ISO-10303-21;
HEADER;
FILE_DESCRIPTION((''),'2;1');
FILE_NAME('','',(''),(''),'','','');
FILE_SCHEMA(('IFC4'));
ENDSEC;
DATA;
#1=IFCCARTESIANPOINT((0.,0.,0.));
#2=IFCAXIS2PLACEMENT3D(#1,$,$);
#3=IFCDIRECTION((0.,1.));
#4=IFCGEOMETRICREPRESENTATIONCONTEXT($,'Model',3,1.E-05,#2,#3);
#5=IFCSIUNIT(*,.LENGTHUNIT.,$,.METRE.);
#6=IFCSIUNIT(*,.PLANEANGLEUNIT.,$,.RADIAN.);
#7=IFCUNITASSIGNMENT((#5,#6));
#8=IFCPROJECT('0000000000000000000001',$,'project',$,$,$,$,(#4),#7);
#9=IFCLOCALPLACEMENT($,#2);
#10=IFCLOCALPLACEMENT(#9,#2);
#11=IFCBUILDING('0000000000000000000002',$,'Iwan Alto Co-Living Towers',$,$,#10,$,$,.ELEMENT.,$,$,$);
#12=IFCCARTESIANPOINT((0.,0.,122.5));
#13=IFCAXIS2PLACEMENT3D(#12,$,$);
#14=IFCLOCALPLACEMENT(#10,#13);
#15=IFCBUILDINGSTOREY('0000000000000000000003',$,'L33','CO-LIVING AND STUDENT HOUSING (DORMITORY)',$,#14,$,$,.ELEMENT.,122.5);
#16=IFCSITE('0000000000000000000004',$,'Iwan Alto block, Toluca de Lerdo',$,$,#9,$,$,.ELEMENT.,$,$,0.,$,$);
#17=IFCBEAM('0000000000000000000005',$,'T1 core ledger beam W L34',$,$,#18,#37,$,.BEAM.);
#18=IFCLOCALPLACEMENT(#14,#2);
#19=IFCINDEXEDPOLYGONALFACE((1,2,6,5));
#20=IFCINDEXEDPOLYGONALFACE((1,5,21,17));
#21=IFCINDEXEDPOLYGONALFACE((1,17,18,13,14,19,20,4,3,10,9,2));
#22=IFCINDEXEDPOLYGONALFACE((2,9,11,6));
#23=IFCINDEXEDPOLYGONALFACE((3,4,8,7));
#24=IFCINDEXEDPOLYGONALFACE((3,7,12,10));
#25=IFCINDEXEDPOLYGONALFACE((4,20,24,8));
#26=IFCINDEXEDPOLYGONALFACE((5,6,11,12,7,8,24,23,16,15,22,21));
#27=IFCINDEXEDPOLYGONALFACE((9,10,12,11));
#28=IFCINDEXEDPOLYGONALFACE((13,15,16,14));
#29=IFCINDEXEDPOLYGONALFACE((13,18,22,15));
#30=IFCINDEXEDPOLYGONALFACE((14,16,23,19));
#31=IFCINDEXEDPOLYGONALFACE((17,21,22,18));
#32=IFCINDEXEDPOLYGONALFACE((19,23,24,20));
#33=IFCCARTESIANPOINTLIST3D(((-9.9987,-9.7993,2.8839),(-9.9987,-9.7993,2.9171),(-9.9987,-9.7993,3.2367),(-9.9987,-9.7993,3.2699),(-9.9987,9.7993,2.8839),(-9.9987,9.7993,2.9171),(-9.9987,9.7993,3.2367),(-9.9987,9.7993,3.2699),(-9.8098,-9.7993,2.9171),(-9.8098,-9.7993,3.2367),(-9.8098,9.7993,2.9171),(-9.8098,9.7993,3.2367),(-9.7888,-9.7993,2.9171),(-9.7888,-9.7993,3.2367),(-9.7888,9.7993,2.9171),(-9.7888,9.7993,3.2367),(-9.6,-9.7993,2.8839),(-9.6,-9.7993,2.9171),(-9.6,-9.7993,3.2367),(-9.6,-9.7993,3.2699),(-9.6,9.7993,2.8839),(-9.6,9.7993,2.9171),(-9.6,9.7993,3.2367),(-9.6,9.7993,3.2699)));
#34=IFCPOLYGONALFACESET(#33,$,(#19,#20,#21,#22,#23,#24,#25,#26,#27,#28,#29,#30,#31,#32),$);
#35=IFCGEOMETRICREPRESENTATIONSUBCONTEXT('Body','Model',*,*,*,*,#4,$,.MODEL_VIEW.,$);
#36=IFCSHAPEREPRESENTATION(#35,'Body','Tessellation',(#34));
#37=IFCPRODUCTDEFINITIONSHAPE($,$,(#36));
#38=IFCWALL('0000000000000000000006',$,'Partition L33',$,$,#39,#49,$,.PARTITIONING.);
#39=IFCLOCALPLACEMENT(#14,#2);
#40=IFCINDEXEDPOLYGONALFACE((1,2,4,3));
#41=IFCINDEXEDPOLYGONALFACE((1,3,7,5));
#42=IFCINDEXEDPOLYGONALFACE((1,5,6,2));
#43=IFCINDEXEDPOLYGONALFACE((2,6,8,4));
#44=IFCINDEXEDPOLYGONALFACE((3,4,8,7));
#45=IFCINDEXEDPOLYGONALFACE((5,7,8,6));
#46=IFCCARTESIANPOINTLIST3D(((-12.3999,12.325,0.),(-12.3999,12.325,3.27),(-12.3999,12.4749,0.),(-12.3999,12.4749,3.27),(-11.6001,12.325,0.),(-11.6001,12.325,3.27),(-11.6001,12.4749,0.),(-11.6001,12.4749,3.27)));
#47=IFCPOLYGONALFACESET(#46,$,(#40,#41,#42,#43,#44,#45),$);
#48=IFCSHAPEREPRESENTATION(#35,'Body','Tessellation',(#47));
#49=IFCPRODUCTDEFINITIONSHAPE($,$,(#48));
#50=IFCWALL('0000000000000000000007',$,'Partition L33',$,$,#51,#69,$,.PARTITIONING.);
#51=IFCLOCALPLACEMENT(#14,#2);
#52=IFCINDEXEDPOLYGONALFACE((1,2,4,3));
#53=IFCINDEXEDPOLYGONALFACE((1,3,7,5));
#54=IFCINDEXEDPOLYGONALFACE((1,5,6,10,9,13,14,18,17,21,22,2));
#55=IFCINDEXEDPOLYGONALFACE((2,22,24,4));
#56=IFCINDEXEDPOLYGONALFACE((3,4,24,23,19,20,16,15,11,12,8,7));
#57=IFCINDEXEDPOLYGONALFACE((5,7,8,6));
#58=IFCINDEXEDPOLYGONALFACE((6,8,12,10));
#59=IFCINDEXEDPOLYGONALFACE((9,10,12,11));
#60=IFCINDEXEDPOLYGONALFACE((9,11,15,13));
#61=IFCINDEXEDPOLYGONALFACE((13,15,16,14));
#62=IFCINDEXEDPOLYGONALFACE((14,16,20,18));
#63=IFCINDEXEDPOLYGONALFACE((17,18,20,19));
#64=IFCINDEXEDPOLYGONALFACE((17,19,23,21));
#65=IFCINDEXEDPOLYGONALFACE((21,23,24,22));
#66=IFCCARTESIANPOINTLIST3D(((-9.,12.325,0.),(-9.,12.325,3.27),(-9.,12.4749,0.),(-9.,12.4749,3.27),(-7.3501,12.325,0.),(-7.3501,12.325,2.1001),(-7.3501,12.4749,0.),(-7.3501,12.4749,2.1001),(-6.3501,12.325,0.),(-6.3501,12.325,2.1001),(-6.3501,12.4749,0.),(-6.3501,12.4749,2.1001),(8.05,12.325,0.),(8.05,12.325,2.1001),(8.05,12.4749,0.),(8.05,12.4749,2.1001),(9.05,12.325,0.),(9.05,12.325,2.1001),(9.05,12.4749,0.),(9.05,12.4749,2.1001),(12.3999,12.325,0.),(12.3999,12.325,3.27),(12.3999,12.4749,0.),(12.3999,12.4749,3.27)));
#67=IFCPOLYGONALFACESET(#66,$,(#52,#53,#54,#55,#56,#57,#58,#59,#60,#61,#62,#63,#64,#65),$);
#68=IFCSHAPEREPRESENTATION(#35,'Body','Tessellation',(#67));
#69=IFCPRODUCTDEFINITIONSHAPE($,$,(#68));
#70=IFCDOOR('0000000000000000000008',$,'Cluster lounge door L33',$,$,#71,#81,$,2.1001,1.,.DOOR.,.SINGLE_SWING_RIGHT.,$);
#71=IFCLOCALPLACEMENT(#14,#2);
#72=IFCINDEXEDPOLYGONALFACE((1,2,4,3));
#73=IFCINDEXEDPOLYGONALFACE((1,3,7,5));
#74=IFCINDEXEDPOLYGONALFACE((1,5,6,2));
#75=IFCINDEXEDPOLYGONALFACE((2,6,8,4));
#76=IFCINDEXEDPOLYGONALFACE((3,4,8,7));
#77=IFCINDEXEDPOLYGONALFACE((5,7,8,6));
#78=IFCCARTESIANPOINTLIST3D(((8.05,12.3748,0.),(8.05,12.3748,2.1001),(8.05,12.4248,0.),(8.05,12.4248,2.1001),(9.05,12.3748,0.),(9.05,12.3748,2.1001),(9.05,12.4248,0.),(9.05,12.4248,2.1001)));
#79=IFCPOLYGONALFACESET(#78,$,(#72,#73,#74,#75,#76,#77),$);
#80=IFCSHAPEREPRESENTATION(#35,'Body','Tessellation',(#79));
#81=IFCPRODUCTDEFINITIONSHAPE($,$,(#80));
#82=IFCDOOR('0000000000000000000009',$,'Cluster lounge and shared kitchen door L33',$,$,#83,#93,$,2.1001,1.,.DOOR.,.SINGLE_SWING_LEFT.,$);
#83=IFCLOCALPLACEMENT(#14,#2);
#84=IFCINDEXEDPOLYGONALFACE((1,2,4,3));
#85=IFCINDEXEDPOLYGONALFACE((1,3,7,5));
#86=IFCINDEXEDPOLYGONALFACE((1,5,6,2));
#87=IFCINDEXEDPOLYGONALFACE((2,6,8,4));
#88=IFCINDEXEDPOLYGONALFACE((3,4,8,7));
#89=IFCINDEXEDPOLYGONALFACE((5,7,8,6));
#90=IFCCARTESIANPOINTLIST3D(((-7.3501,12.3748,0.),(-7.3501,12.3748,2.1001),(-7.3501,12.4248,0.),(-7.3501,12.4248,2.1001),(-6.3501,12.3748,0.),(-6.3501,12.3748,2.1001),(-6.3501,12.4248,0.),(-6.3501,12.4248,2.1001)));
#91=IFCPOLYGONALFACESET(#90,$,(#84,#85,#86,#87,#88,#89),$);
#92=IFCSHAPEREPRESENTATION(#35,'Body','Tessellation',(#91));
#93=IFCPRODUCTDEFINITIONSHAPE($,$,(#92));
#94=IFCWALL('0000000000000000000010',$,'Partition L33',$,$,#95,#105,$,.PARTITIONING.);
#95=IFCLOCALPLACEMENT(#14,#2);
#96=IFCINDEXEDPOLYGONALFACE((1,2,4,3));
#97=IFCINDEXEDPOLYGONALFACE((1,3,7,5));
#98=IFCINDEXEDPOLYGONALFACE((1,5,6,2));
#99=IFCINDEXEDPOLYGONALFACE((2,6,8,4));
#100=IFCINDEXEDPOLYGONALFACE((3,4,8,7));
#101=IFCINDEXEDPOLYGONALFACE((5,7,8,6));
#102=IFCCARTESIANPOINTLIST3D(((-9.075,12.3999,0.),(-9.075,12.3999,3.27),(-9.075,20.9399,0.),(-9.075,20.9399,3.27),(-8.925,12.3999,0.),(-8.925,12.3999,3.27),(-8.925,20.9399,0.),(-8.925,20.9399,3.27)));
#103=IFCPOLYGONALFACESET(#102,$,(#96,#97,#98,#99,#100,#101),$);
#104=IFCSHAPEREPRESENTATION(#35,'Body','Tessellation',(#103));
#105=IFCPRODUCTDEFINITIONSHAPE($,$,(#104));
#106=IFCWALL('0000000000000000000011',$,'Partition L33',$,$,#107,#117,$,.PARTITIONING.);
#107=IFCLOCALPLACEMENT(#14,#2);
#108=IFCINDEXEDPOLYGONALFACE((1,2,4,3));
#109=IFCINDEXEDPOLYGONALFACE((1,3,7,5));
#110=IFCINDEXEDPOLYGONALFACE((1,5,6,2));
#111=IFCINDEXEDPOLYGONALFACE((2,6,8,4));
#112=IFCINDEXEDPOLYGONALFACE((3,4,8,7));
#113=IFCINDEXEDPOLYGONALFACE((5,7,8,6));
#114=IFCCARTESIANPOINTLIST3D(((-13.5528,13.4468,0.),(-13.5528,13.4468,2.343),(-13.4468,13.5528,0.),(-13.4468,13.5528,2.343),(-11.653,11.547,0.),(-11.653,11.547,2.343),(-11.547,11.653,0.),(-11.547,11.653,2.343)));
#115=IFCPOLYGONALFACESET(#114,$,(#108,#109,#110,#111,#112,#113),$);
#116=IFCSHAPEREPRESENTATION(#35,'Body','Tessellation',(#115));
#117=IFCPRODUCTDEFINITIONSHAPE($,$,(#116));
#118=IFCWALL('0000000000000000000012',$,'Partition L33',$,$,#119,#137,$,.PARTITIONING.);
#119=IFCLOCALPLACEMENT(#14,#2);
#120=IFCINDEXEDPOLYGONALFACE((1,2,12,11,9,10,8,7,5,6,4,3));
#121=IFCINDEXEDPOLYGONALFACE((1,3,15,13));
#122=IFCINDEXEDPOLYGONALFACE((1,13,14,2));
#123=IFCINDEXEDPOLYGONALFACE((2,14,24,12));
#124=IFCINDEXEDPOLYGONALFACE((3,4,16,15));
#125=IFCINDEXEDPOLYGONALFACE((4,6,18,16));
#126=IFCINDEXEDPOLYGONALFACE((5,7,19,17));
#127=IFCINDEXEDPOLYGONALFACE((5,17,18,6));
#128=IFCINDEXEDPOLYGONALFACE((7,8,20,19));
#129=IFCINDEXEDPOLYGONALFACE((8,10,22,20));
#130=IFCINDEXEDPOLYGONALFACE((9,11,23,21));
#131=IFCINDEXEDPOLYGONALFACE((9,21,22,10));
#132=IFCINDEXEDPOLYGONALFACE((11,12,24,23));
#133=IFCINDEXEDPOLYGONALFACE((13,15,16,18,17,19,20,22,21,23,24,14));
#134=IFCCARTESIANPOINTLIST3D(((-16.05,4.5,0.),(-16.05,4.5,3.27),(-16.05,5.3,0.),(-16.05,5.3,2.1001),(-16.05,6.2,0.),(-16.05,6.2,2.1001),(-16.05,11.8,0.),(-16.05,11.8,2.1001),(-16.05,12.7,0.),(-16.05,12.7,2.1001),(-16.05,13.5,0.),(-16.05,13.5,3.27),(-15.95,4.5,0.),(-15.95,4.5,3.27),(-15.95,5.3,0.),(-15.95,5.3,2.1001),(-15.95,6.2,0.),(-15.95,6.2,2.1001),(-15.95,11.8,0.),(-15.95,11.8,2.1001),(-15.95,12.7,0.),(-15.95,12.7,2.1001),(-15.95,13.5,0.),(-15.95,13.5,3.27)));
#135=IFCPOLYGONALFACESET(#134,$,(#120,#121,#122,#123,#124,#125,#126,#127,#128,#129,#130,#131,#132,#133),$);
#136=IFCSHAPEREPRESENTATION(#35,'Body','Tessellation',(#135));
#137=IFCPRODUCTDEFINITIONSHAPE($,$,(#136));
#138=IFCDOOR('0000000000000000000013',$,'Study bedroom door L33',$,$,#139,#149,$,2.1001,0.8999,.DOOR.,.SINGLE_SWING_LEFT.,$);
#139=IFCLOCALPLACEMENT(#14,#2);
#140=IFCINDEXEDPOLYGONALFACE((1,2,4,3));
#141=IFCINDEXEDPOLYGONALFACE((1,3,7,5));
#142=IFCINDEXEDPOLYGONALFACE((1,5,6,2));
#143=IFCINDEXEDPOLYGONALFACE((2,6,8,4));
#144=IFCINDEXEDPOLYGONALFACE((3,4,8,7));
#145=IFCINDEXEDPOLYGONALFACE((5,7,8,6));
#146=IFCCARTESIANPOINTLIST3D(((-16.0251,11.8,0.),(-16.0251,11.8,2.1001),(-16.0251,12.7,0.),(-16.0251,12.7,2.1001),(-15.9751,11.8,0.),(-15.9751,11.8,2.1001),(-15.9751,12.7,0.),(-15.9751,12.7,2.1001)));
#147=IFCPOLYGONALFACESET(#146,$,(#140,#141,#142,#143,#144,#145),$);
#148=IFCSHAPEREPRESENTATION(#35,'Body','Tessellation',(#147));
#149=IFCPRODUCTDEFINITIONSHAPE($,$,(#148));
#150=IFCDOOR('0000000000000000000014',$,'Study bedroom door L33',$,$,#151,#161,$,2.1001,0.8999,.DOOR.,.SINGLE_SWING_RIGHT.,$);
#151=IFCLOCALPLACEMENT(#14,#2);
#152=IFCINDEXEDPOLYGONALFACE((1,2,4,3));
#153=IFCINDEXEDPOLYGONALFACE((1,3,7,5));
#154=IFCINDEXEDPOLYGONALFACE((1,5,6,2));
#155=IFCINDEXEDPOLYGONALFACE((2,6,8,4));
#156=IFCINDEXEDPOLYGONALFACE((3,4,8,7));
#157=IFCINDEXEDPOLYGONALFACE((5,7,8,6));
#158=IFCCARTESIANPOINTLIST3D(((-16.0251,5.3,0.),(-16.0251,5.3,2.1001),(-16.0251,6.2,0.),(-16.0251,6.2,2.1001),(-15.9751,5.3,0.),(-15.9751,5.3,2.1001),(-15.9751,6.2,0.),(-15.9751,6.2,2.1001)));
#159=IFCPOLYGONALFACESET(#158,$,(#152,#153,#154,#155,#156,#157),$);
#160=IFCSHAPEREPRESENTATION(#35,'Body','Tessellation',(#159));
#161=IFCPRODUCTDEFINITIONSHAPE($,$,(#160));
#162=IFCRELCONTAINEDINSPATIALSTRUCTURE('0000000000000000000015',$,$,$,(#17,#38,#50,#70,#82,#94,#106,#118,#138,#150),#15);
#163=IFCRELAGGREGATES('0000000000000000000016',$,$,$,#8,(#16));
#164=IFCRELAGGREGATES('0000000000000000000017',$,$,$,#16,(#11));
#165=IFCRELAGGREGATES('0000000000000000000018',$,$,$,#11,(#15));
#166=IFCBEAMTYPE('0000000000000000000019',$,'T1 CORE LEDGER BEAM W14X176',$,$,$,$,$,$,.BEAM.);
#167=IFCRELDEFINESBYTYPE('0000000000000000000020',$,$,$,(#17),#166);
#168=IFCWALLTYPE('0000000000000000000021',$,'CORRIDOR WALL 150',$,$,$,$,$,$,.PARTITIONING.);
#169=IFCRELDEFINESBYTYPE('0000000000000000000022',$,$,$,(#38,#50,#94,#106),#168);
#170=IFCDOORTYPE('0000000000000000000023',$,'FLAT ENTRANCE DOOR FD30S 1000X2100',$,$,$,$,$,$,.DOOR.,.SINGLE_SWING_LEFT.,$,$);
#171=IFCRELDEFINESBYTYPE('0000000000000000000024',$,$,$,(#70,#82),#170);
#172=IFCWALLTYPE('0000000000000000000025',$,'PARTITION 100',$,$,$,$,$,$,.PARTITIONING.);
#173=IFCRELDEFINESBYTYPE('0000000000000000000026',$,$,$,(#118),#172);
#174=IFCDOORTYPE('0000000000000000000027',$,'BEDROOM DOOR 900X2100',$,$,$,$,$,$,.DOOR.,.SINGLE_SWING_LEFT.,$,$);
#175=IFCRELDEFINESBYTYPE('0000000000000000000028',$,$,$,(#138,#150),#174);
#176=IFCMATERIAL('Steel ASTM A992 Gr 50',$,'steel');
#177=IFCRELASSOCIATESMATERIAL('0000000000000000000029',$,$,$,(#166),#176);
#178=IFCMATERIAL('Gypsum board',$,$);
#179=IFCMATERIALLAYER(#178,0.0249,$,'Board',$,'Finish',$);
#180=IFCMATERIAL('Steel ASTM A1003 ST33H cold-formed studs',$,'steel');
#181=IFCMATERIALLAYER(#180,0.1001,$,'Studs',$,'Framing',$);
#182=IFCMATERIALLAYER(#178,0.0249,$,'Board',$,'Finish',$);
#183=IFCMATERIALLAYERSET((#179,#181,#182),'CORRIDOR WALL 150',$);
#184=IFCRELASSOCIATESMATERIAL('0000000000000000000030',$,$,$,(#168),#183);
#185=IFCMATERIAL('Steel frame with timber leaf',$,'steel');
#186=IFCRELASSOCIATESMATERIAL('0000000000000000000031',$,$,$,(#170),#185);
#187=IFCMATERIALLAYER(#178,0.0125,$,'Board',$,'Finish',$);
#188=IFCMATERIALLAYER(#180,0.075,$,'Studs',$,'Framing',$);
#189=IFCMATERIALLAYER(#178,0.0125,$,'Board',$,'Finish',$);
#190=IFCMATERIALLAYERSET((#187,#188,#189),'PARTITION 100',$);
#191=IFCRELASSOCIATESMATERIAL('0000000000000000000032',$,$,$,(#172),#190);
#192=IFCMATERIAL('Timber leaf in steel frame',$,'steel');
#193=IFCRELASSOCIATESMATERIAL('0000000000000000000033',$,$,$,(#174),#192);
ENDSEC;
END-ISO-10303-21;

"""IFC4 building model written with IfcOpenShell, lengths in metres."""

from ifc_helpers import new_model, si_unit, direction, frame, frame_2d, origin, origin_2d, place, context, subcontext, project, spatial, rectangle, i_section, extrude, material, layer, layer_set, material_profile, profile_set, type_object, element, fill, save


model = new_model("IFC4")

# Units and contexts
model_context = context("Model", 3, precision=1e-05, world=origin(), true_north=direction((0.0, 1.0)))
body_context = subcontext(model_context, "Body", "Model", "MODEL_VIEW")
ifc_project = project(units=[si_unit("LENGTHUNIT", "METRE"), si_unit("PLANEANGLEUNIT", "RADIAN")], contexts=[model_context])

# Site, building, storey
site_placement = place(None, origin())
site = spatial("IfcSite", under=ifc_project, at=site_placement, Name="Iwan Alto block, Toluca de Lerdo", CompositionType="ELEMENT", RefElevation=0.0)
building_placement = place(site_placement, origin())
building = spatial("IfcBuilding", under=site, at=building_placement, Name="Iwan Alto Co-Living Towers", CompositionType="ELEMENT")
storey_placement = place(building_placement, frame((0.0, 0.0, 122.5)))
storey = spatial("IfcBuildingStorey", under=building, at=storey_placement, Name="L33", Description="CO-LIVING AND STUDENT HOUSING (DORMITORY)", CompositionType="ELEMENT", Elevation=122.5)

# Beam
ifc_material_1 = material(Name="Steel ASTM A992 Gr 50", Category="steel")
ifc_material_profile = material_profile(ifc_material_1, i_section(OverallWidth=0.3987, OverallDepth=0.386, WebThickness=0.021, FlangeThickness=0.0332, at=origin_2d()), Name="W14X176")
ifc_profile_set = profile_set([ifc_material_profile], Name="Steel ASTM A992 Gr 50")
beam_type = type_object("IfcBeamType", Name="T1 CORE LEDGER BEAM W14X176", PredefinedType="BEAM", material=ifc_profile_set)
beam_placement = place(storey_placement, frame((-9.7993, 9.7993, 3.0769), z_axis=(0.0, -1.0, 0.0), x_axis=(1.0, 0.0, 0.0)))
element("IfcBeam", 1, at=beam_placement, inside=storey, type_object=beam_type, Name="T1 core ledger beam W L34", PredefinedType="BEAM", context=body_context, shape_type="SweptSolid", body=[
    extrude(i_section(OverallWidth=0.3987, OverallDepth=0.386, WebThickness=0.021, FlangeThickness=0.0332, at=origin_2d()), origin(), (0.0, 0.0, 1.0), 19.5986),
])

# Wall
ifc_material_2 = material(Name="Gypsum board")
ifc_layer_1 = layer(ifc_material_2, 0.0249, Name="Board", Category="Finish")
ifc_material_3 = material(Name="Steel ASTM A1003 ST33H cold-formed studs", Category="steel")
ifc_layer_2 = layer(ifc_material_3, 0.1001, Name="Studs", Category="Framing")
ifc_layer_3 = layer(ifc_material_2, 0.0249, Name="Board", Category="Finish")
ifc_layer_set_1 = layer_set([ifc_layer_1, ifc_layer_2, ifc_layer_3], Name="CORRIDOR WALL 150")
wall_type_1 = type_object("IfcWallType", Name="CORRIDOR WALL 150", PredefinedType="PARTITIONING", material=ifc_layer_set_1)
wall_1_placement = place(storey_placement, frame((-12.3999, 12.3999, 0.0), z_axis=(0.0, 0.0, 1.0), x_axis=(1.0, 0.0, 0.0)))
element("IfcWall", 2, at=wall_1_placement, inside=storey, type_object=wall_type_1, Name="Partition L33", PredefinedType="PARTITIONING", context=body_context, shape_type="SweptSolid", body=[
    extrude(rectangle(XDim=0.7998, YDim=0.1499, at=frame_2d((0.3999, 0.0))), origin(), (0.0, 0.0, 1.0), 3.27),
])

# Wall, openings, doors
wall_2_placement = place(storey_placement, frame((-9.0, 12.3999, 0.0), z_axis=(0.0, 0.0, 1.0), x_axis=(1.0, 0.0, 0.0)))
wall_2 = element("IfcWall", 3, at=wall_2_placement, inside=storey, type_object=wall_type_1, Name="Partition L33", PredefinedType="PARTITIONING", context=body_context, shape_type="SweptSolid", body=[
    extrude(rectangle(XDim=21.3999, YDim=0.1499, at=frame_2d((10.7, 0.0))), origin(), (0.0, 0.0, 1.0), 3.27),
])
opening_1_placement = place(wall_2_placement, frame((17.05, 0.0, 0.0)))
opening_1 = element("IfcOpeningElement", 4, at=opening_1_placement, cuts=wall_2, PredefinedType="OPENING", context=body_context, shape_type="SweptSolid", body=[
    extrude(rectangle(XDim=1.0, YDim=2.1001, at=frame_2d((0.5, 1.05))), frame((0.0, 0.085, 0.0), z_axis=(0.0, -1.0, 0.0), x_axis=(1.0, 0.0, 0.0)), (0.0, 0.0, 1.0), 0.1699),
])
opening_2_placement = place(wall_2_placement, frame((1.6499, 0.0, 0.0)))
opening_2 = element("IfcOpeningElement", 5, at=opening_2_placement, cuts=wall_2, PredefinedType="OPENING", context=body_context, shape_type="SweptSolid", body=[
    extrude(rectangle(XDim=1.0, YDim=2.1001, at=frame_2d((0.5, 1.05))), frame((0.0, 0.085, 0.0), z_axis=(0.0, -1.0, 0.0), x_axis=(1.0, 0.0, 0.0)), (0.0, 0.0, 1.0), 0.1699),
])
ifc_material_4 = material(Name="Steel frame with timber leaf", Category="steel")
door_type_1 = type_object("IfcDoorType", Name="FLAT ENTRANCE DOOR FD30S 1000X2100", OperationType="SINGLE_SWING_LEFT", PredefinedType="DOOR", material=ifc_material_4)
door_1_placement = place(opening_1_placement, origin())
door_1 = element("IfcDoor", 6, at=door_1_placement, inside=storey, type_object=door_type_1, Name="Cluster lounge door L33", OperationType="SINGLE_SWING_RIGHT", OverallHeight=2.1001, OverallWidth=1.0, PredefinedType="DOOR", context=body_context, shape_type="SweptSolid", body=[
    extrude(rectangle(XDim=1.0, YDim=2.1001, at=frame_2d((0.5, 1.05))), frame((0.0, 0.0249, 0.0), z_axis=(0.0, -1.0, 0.0), x_axis=(1.0, 0.0, 0.0)), (0.0, 0.0, 1.0), 0.05),
])
fill(opening_1, door_1)
door_2_placement = place(opening_2_placement, origin())
door_2 = element("IfcDoor", 7, at=door_2_placement, inside=storey, type_object=door_type_1, Name="Cluster lounge and shared kitchen door L33", OperationType="SINGLE_SWING_LEFT", OverallHeight=2.1001, OverallWidth=1.0, PredefinedType="DOOR", context=body_context, shape_type="SweptSolid", body=[
    extrude(rectangle(XDim=1.0, YDim=2.1001, at=frame_2d((0.5, 1.05))), frame((0.0, 0.0249, 0.0), z_axis=(0.0, -1.0, 0.0), x_axis=(1.0, 0.0, 0.0)), (0.0, 0.0, 1.0), 0.05),
])
fill(opening_2, door_2)

# Walls
wall_3_placement = place(storey_placement, frame((-9.0, 12.3999, 0.0), z_axis=(0.0, 0.0, 1.0), x_axis=(0.0, 1.0, 0.0)))
element("IfcWall", 8, at=wall_3_placement, inside=storey, type_object=wall_type_1, Name="Partition L33", PredefinedType="PARTITIONING", context=body_context, shape_type="SweptSolid", body=[
    extrude(rectangle(XDim=8.54, YDim=0.1499, at=frame_2d((4.27, 0.0))), origin(), (0.0, 0.0, 1.0), 3.27),
])
wall_4_placement = place(storey_placement, frame((-11.6001, 11.6001, 0.0), z_axis=(0.0, 0.0, 1.0), x_axis=(-0.707107, 0.707107, 0.0)))
element("IfcWall", 9, at=wall_4_placement, inside=storey, type_object=wall_type_1, Name="Partition L33", PredefinedType="PARTITIONING", context=body_context, shape_type="SweptSolid", body=[
    extrude(rectangle(XDim=2.6868, YDim=0.1499, at=frame_2d((1.3433, 0.0))), origin(), (0.0, 0.0, 1.0), 2.343),
])

# Wall, openings, doors
ifc_layer_4 = layer(ifc_material_2, 0.0125, Name="Board", Category="Finish")
ifc_layer_5 = layer(ifc_material_3, 0.075, Name="Studs", Category="Framing")
ifc_layer_6 = layer(ifc_material_2, 0.0125, Name="Board", Category="Finish")
ifc_layer_set_2 = layer_set([ifc_layer_4, ifc_layer_5, ifc_layer_6], Name="PARTITION 100")
wall_type_2 = type_object("IfcWallType", Name="PARTITION 100", PredefinedType="PARTITIONING", material=ifc_layer_set_2)
wall_5_placement = place(storey_placement, frame((-16.0, 4.5, 0.0), z_axis=(0.0, 0.0, 1.0), x_axis=(0.0, 1.0, 0.0)))
wall_5 = element("IfcWall", 10, at=wall_5_placement, inside=storey, type_object=wall_type_2, Name="Partition L33", PredefinedType="PARTITIONING", context=body_context, shape_type="SweptSolid", body=[
    extrude(rectangle(XDim=9.0, YDim=0.1001, at=frame_2d((4.5, 0.0))), origin(), (0.0, 0.0, 1.0), 3.27),
])
opening_3_placement = place(wall_5_placement, frame((7.3, 0.0, 0.0)))
opening_3 = element("IfcOpeningElement", 11, at=opening_3_placement, cuts=wall_5, PredefinedType="OPENING", context=body_context, shape_type="SweptSolid", body=[
    extrude(rectangle(XDim=0.8999, YDim=2.1001, at=frame_2d((0.45, 1.05))), frame((0.0, 0.0601, 0.0), z_axis=(0.0, -1.0, 0.0), x_axis=(1.0, 0.0, 0.0)), (0.0, 0.0, 1.0), 0.1201),
])
opening_4_placement = place(wall_5_placement, frame((0.8, 0.0, 0.0)))
opening_4 = element("IfcOpeningElement", 12, at=opening_4_placement, cuts=wall_5, PredefinedType="OPENING", context=body_context, shape_type="SweptSolid", body=[
    extrude(rectangle(XDim=0.8999, YDim=2.1001, at=frame_2d((0.45, 1.05))), frame((0.0, 0.0601, 0.0), z_axis=(0.0, -1.0, 0.0), x_axis=(1.0, 0.0, 0.0)), (0.0, 0.0, 1.0), 0.1201),
])
ifc_material_5 = material(Name="Timber leaf in steel frame", Category="steel")
door_type_2 = type_object("IfcDoorType", Name="BEDROOM DOOR 900X2100", OperationType="SINGLE_SWING_LEFT", PredefinedType="DOOR", material=ifc_material_5)
door_3_placement = place(opening_3_placement, frame((0.8999, 0.0, 0.0), z_axis=(0.0, 0.0, 1.0), x_axis=(-1.0, 0.0, 0.0)))
door_3 = element("IfcDoor", 13, at=door_3_placement, inside=storey, type_object=door_type_2, Name="Study bedroom door L33", OperationType="SINGLE_SWING_LEFT", OverallHeight=2.1001, OverallWidth=0.8999, PredefinedType="DOOR", context=body_context, shape_type="SweptSolid", body=[
    extrude(rectangle(XDim=0.8999, YDim=2.1001, at=frame_2d((0.45, 1.05))), frame((0.0, 0.0249, 0.0), z_axis=(0.0, -1.0, 0.0), x_axis=(1.0, 0.0, 0.0)), (0.0, 0.0, 1.0), 0.05),
])
fill(opening_3, door_3)
door_4_placement = place(opening_4_placement, frame((0.8999, 0.0, 0.0), z_axis=(0.0, 0.0, 1.0), x_axis=(-1.0, 0.0, 0.0)))
door_4 = element("IfcDoor", 14, at=door_4_placement, inside=storey, type_object=door_type_2, Name="Study bedroom door L33", OperationType="SINGLE_SWING_RIGHT", OverallHeight=2.1001, OverallWidth=0.8999, PredefinedType="DOOR", context=body_context, shape_type="SweptSolid", body=[
    extrude(rectangle(XDim=0.8999, YDim=2.1001, at=frame_2d((0.45, 1.05))), frame((0.0, 0.0249, 0.0), z_axis=(0.0, -1.0, 0.0), x_axis=(1.0, 0.0, 0.0)), (0.0, 0.0, 1.0), 0.05),
])
fill(opening_4, door_4)

save(model, "model.ifc")
